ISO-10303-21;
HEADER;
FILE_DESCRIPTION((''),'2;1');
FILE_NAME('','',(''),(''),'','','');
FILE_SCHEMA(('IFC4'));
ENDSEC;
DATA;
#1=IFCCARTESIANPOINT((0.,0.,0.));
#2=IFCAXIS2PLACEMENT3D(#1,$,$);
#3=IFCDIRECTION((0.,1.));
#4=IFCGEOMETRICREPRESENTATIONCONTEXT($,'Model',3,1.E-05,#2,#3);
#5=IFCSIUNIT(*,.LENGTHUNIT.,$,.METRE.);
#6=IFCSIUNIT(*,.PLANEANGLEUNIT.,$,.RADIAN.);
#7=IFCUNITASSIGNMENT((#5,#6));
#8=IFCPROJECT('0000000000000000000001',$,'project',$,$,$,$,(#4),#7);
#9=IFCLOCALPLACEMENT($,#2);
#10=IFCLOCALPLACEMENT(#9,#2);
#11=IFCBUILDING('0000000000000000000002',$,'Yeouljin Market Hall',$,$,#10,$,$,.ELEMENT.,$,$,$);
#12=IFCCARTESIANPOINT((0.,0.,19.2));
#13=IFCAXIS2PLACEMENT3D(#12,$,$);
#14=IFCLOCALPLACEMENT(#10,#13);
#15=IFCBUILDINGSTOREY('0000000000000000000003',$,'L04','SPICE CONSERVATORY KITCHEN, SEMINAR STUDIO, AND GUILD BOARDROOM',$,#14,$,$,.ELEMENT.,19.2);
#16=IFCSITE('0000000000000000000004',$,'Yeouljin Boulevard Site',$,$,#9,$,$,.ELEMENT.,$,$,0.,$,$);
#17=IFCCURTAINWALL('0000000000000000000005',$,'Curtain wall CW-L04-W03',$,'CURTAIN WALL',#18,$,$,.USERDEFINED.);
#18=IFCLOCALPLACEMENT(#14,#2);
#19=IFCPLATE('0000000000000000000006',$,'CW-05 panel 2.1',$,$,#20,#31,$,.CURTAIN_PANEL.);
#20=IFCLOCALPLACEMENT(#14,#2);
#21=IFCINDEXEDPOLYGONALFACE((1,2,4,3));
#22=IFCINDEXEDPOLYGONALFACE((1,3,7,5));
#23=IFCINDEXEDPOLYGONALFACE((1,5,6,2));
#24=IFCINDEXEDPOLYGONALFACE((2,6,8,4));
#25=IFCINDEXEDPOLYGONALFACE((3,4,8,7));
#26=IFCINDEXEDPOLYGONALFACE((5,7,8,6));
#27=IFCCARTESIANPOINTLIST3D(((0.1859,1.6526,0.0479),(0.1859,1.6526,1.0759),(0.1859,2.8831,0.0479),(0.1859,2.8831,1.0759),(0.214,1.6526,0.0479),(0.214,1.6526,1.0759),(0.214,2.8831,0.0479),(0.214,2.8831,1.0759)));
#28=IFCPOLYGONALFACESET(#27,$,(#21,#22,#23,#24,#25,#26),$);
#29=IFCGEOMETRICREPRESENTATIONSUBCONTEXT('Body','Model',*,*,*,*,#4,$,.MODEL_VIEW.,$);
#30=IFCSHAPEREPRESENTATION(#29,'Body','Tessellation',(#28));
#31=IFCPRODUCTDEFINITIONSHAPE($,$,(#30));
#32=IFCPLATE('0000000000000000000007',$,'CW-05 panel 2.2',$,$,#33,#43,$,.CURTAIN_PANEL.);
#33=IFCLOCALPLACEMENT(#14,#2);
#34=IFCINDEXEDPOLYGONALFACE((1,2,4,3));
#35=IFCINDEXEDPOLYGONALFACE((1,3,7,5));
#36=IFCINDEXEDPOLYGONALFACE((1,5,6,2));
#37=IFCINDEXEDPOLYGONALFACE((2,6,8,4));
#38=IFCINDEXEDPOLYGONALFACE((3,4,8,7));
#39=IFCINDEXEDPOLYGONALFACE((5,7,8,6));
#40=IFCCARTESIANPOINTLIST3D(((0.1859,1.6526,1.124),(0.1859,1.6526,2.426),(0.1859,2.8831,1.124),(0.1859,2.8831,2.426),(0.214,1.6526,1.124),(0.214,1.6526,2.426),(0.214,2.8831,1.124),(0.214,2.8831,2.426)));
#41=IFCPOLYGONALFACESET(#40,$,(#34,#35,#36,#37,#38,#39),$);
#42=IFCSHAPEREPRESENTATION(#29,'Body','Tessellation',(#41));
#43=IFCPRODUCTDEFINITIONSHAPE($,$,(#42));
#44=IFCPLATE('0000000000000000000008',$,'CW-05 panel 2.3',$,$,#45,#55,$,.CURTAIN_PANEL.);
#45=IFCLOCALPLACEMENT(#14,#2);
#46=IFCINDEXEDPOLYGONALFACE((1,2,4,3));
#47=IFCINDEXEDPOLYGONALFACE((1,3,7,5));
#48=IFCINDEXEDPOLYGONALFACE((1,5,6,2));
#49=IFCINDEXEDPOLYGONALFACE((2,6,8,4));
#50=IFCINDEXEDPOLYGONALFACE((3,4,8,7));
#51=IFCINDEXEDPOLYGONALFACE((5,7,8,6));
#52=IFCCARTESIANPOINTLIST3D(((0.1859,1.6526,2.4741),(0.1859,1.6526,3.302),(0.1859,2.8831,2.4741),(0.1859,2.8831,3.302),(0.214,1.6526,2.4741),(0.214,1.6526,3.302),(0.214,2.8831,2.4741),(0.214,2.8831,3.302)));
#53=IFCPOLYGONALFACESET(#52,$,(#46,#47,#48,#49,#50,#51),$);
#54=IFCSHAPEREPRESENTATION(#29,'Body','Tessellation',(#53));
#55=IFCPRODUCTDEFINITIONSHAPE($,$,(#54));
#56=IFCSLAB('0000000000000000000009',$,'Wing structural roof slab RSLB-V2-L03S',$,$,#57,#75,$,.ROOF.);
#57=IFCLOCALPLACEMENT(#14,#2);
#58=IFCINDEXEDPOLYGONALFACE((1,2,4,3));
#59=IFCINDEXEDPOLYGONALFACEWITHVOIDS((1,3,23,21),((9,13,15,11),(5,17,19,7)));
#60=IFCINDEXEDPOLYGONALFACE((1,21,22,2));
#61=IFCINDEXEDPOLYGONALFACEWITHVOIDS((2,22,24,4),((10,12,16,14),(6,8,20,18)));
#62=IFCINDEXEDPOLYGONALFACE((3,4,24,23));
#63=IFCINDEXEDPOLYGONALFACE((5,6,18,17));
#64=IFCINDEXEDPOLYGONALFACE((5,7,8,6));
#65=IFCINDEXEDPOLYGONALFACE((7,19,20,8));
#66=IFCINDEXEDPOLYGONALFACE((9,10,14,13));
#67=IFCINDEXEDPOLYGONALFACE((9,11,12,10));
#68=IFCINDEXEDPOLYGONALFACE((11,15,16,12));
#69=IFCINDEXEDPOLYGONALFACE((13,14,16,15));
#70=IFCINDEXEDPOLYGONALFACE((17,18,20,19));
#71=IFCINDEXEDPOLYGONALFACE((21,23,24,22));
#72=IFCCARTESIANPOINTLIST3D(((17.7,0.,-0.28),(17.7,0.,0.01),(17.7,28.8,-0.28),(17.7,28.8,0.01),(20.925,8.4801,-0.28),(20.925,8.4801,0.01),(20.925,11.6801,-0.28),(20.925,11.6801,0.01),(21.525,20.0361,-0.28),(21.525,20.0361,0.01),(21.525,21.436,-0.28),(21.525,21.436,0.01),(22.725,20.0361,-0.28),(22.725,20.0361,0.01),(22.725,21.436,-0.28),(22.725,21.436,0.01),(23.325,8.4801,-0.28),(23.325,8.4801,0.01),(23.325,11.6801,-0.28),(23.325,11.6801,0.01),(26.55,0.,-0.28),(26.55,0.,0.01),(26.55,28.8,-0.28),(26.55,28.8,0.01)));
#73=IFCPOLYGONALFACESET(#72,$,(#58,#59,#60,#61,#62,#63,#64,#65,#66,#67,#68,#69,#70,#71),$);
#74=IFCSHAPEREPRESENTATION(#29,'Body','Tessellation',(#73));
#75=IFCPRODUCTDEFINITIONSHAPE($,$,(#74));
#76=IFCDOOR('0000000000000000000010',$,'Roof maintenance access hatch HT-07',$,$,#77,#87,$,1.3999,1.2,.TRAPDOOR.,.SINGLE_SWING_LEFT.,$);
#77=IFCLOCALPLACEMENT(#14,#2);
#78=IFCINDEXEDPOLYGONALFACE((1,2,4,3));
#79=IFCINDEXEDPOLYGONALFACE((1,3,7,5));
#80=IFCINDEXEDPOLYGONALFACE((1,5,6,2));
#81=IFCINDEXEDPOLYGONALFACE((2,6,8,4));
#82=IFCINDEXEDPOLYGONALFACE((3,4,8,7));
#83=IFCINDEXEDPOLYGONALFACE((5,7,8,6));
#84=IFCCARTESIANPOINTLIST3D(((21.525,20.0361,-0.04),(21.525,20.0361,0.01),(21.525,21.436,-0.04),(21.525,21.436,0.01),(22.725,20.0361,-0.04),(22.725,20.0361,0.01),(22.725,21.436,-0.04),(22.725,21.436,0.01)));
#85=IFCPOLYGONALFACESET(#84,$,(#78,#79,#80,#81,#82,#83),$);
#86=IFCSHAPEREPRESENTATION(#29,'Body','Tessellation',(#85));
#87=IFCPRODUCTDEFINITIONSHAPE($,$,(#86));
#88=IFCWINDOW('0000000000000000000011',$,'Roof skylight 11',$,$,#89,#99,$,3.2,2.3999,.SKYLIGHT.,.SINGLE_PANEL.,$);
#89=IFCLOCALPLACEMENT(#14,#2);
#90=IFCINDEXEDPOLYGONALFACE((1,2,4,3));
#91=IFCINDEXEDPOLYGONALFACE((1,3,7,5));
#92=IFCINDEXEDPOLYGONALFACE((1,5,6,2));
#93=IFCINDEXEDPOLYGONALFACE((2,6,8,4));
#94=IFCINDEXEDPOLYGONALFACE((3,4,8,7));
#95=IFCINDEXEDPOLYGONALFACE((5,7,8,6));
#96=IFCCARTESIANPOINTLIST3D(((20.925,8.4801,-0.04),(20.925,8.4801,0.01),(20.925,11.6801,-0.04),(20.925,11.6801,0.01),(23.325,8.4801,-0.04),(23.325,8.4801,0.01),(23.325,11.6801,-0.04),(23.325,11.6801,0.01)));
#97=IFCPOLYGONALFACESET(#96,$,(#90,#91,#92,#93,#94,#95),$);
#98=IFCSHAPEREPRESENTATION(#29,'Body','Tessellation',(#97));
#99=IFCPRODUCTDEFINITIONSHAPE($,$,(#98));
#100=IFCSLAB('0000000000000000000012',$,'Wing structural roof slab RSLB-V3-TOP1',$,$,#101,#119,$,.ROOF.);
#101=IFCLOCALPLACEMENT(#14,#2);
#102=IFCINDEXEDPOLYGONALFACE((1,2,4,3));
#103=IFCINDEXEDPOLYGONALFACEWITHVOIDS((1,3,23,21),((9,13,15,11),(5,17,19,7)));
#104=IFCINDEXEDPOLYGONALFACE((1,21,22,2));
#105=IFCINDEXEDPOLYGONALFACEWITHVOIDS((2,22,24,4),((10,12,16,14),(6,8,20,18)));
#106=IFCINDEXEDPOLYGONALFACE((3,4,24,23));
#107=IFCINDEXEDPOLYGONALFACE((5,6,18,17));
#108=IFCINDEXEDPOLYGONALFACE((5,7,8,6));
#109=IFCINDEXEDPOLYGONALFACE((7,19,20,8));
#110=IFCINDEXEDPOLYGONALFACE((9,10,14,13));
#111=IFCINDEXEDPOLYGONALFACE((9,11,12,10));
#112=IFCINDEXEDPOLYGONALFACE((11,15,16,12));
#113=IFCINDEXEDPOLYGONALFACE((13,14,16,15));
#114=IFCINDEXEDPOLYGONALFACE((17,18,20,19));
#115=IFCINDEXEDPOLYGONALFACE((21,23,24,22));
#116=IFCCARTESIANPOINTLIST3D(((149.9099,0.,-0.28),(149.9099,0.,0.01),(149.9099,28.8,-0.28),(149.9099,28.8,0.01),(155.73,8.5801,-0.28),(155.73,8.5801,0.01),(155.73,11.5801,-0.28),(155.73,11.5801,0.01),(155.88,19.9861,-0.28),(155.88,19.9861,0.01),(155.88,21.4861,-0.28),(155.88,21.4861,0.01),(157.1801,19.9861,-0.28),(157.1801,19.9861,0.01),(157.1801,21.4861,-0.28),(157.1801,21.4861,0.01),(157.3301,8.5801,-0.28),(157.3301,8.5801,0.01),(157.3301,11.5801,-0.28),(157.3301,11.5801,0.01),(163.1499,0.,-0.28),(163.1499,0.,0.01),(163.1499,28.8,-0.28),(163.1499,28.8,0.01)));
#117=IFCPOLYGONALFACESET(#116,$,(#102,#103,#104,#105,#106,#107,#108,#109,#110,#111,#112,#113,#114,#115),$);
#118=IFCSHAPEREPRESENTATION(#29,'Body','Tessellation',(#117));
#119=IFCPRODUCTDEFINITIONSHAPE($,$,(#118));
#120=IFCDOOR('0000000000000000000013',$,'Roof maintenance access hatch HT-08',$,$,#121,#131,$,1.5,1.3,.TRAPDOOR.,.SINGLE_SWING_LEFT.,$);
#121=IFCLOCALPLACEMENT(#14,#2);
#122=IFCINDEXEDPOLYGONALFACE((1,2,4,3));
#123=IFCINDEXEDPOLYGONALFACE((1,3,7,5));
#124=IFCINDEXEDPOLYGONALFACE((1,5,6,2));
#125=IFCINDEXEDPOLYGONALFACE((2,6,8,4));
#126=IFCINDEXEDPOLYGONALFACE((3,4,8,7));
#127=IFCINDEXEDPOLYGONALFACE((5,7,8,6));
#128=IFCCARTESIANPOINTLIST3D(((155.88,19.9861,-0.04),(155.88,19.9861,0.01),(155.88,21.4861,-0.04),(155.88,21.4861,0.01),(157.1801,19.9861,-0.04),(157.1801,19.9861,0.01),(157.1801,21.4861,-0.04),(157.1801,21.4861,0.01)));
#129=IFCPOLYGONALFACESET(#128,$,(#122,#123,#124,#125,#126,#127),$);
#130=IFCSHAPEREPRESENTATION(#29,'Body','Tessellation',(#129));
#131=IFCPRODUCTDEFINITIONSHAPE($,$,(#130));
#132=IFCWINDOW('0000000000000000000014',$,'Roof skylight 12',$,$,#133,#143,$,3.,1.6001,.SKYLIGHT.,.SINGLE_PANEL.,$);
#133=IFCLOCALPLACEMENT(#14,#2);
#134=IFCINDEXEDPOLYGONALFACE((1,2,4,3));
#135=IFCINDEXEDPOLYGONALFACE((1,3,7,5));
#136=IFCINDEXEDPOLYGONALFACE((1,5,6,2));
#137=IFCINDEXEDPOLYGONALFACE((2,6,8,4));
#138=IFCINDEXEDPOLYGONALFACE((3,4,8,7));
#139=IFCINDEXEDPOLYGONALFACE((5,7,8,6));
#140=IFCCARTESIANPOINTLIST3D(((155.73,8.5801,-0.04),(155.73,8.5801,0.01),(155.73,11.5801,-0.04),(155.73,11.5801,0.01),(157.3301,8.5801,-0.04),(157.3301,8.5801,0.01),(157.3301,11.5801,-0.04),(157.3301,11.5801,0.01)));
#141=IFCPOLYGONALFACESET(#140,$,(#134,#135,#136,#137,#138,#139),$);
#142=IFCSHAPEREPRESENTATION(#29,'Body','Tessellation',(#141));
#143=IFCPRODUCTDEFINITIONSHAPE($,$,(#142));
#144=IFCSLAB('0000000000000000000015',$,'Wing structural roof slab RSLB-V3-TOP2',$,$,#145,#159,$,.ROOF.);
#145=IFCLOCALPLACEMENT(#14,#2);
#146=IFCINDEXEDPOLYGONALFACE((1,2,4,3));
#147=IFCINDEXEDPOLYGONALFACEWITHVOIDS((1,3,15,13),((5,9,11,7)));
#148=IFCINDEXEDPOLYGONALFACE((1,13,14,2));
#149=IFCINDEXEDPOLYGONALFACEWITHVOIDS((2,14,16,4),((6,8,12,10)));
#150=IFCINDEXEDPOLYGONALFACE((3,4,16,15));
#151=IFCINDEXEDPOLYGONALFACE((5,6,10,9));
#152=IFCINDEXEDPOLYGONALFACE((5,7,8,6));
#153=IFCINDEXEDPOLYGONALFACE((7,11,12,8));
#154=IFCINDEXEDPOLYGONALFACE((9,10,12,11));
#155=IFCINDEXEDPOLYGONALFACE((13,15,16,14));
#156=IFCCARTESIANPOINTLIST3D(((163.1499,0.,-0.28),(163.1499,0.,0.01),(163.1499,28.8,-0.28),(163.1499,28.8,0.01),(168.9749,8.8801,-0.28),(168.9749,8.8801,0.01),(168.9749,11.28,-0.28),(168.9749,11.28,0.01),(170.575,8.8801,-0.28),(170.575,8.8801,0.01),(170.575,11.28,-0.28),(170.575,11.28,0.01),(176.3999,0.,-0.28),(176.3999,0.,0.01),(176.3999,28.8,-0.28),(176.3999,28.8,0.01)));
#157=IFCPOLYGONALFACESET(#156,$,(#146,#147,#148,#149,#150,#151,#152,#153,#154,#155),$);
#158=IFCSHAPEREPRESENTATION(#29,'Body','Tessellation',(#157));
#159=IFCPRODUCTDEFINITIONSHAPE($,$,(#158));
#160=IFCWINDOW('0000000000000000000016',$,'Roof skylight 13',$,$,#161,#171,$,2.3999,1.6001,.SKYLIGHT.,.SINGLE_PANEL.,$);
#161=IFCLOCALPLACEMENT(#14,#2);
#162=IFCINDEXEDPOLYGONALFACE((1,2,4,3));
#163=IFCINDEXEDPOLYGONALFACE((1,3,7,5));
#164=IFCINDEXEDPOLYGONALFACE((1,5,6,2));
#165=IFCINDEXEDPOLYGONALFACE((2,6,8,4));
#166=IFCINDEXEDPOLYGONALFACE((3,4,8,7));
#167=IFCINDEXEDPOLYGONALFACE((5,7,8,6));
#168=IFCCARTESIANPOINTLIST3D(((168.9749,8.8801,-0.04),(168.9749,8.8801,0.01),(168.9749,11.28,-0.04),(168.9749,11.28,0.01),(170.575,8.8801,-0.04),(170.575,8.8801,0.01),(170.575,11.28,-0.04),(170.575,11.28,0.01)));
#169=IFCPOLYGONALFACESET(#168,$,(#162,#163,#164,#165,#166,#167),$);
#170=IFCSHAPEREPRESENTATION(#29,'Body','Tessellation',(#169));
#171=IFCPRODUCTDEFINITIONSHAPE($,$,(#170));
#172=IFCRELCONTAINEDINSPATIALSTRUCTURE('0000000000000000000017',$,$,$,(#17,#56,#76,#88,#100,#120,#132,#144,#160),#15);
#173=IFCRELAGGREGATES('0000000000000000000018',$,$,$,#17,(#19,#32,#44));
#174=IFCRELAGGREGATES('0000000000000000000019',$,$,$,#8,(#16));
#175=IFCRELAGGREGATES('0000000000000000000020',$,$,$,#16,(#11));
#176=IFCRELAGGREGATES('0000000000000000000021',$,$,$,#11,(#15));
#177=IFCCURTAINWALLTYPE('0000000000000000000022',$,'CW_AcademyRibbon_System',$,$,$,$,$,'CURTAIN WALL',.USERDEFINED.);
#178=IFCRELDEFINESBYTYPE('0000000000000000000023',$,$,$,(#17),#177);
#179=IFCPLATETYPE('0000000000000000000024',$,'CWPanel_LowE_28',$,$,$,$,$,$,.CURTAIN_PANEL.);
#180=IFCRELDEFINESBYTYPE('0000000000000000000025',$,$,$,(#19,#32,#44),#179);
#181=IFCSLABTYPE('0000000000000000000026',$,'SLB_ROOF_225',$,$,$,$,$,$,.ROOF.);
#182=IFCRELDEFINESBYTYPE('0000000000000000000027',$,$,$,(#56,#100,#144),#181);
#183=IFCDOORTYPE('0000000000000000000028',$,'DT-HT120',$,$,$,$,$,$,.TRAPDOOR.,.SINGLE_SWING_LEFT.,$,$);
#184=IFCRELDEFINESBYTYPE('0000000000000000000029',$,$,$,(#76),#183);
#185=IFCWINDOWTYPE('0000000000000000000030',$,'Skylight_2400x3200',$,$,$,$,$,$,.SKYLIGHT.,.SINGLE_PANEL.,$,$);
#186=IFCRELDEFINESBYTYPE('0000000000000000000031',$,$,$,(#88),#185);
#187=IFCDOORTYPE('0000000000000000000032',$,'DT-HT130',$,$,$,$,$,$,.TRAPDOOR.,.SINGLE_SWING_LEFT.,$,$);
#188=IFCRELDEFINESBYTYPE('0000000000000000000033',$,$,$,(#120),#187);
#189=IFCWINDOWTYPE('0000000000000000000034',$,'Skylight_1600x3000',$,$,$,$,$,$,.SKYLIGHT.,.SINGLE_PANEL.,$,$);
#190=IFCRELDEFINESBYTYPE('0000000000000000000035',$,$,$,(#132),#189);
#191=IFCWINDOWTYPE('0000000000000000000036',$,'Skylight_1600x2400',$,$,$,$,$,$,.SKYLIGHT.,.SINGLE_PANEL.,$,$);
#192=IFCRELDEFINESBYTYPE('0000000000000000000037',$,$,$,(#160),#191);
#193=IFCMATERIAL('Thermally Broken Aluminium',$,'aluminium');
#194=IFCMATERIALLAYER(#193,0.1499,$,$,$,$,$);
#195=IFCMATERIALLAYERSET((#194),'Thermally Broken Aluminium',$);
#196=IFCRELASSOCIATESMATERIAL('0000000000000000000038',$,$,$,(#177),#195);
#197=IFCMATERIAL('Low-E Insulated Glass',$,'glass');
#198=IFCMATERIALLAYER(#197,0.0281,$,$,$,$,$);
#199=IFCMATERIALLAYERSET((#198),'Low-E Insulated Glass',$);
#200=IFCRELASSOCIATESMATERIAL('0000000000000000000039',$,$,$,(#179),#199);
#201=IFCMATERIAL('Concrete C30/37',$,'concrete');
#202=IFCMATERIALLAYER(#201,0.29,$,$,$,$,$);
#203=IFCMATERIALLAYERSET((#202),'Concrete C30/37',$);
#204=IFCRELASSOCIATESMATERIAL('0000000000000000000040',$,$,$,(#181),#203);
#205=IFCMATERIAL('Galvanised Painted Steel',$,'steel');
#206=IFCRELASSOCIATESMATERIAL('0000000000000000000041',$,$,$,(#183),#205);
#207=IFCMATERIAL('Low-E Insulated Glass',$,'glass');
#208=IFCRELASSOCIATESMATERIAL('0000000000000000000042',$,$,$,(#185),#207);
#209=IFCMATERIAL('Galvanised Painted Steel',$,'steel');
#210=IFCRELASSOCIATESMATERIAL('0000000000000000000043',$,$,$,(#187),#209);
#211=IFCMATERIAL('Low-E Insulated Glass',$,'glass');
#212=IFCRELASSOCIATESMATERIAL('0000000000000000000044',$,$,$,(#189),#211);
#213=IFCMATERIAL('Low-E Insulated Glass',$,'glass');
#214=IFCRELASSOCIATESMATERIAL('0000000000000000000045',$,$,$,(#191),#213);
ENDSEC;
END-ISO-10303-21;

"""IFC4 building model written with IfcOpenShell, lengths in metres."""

from ifc_helpers import new_model, si_unit, direction, frame, origin, origin_2d, place, context, subcontext, project, spatial, polyline, rectangle, outline, extrude, material, layer, layer_set, type_object, element, fill, aggregate, save


model = new_model("IFC4")

# Units and contexts
model_context = context("Model", 3, precision=1e-05, world=origin(), true_north=direction((0.0, 1.0)))
body_context = subcontext(model_context, "Body", "Model", "MODEL_VIEW")
ifc_project = project(units=[si_unit("LENGTHUNIT", "METRE"), si_unit("PLANEANGLEUNIT", "RADIAN")], contexts=[model_context])

# Site, building, storey
site_placement = place(None, origin())
site = spatial("IfcSite", under=ifc_project, at=site_placement, Name="Yeouljin Boulevard Site", CompositionType="ELEMENT", RefElevation=0.0)
building_placement = place(site_placement, origin())
building = spatial("IfcBuilding", under=site, at=building_placement, Name="Yeouljin Market Hall", CompositionType="ELEMENT")
storey_placement = place(building_placement, frame((0.0, 0.0, 19.2)))
storey = spatial("IfcBuildingStorey", under=building, at=storey_placement, Name="L04", Description="SPICE CONSERVATORY KITCHEN, SEMINAR STUDIO, AND GUILD BOARDROOM", CompositionType="ELEMENT", Elevation=19.2)

# Curtain wall
ifc_material_1 = material(Name="Thermally Broken Aluminium", Category="aluminium")
ifc_layer_1 = layer(ifc_material_1, 0.1499)
ifc_layer_set_1 = layer_set([ifc_layer_1], Name="Thermally Broken Aluminium")
curtain_wall_type = type_object("IfcCurtainWallType", Name="CW_AcademyRibbon_System", ElementType="CURTAIN WALL", PredefinedType="USERDEFINED", material=ifc_layer_set_1)
curtain_wall_placement = place(storey_placement, origin())
curtain_wall = element("IfcCurtainWall", 1, at=curtain_wall_placement, inside=storey, type_object=curtain_wall_type, Name="Curtain wall CW-L04-W03", ObjectType="CURTAIN WALL", PredefinedType="USERDEFINED")

# Plates
ifc_material_2 = material(Name="Low-E Insulated Glass", Category="glass")
ifc_layer_2 = layer(ifc_material_2, 0.0281)
ifc_layer_set_2 = layer_set([ifc_layer_2], Name="Low-E Insulated Glass")
plate_type = type_object("IfcPlateType", Name="CWPanel_LowE_28", PredefinedType="CURTAIN_PANEL", material=ifc_layer_set_2)
plate_1_placement = place(storey_placement, frame((0.2, 2.2678, 0.0479), z_axis=(0.0, 0.0, 1.0), x_axis=(0.0, 1.0, 0.0)))
plate_1 = element("IfcPlate", 2, at=plate_1_placement, type_object=plate_type, Name="CW-05 panel 2.1", PredefinedType="CURTAIN_PANEL", context=body_context, shape_type="SweptSolid", body=[
    extrude(rectangle(XDim=1.2305, YDim=0.0281, at=origin_2d()), origin(), (0.0, 0.0, 1.0), 1.0281),
])
plate_2_placement = place(storey_placement, frame((0.2, 2.2678, 1.124), z_axis=(0.0, 0.0, 1.0), x_axis=(0.0, 1.0, 0.0)))
plate_2 = element("IfcPlate", 3, at=plate_2_placement, type_object=plate_type, Name="CW-05 panel 2.2", PredefinedType="CURTAIN_PANEL", context=body_context, shape_type="SweptSolid", body=[
    extrude(rectangle(XDim=1.2305, YDim=0.0281, at=origin_2d()), origin(), (0.0, 0.0, 1.0), 1.302),
])
plate_3_placement = place(storey_placement, frame((0.2, 2.2678, 2.4741), z_axis=(0.0, 0.0, 1.0), x_axis=(0.0, 1.0, 0.0)))
plate_3 = element("IfcPlate", 4, at=plate_3_placement, type_object=plate_type, Name="CW-05 panel 2.3", PredefinedType="CURTAIN_PANEL", context=body_context, shape_type="SweptSolid", body=[
    extrude(rectangle(XDim=1.2305, YDim=0.0281, at=origin_2d()), origin(), (0.0, 0.0, 1.0), 0.8279),
])
aggregate(curtain_wall, [plate_1, plate_2, plate_3])

# Slabs, openings, doors, windows
ifc_material_3 = material(Name="Concrete C30/37", Category="concrete")
ifc_layer_3 = layer(ifc_material_3, 0.29)
ifc_layer_set_3 = layer_set([ifc_layer_3], Name="Concrete C30/37")
slab_type_1 = type_object("IfcSlabType", Name="SLB_ROOF_225", PredefinedType="ROOF", material=ifc_layer_set_3)
slab_1_placement = place(storey_placement, frame((0.0, 0.0, -0.28)))
slab_1 = element("IfcSlab", 5, at=slab_1_placement, inside=storey, type_object=slab_type_1, Name="Wing structural roof slab RSLB-V2-L03S", PredefinedType="ROOF", context=body_context, shape_type="SweptSolid", body=[
    extrude(outline(polyline([(17.7, 0.0), (26.55, 0.0), (26.55, 28.8), (17.7, 28.8), (17.7, 0.0)])), origin(), (0.0, 0.0, 1.0), 0.29),
])
opening_1_placement = place(slab_1_placement, frame((22.125, 10.0801, 0.0)))
opening_1 = element("IfcOpeningElement", 6, at=opening_1_placement, cuts=slab_1, PredefinedType="OPENING", context=body_context, shape_type="SweptSolid", body=[
    extrude(rectangle(XDim=2.3999, YDim=3.2, at=origin_2d()), origin(), (0.0, 0.0, 1.0), 0.29),
])
opening_2_placement = place(slab_1_placement, frame((22.125, 20.7361, 0.0)))
opening_2 = element("IfcOpeningElement", 7, at=opening_2_placement, cuts=slab_1, PredefinedType="OPENING", context=body_context, shape_type="SweptSolid", body=[
    extrude(rectangle(XDim=1.2, YDim=1.3999, at=origin_2d()), origin(), (0.0, 0.0, 1.0), 0.29),
])
ifc_material_4 = material(Name="Galvanised Painted Steel", Category="steel")
door_type_1 = type_object("IfcDoorType", Name="DT-HT120", OperationType="SINGLE_SWING_LEFT", PredefinedType="TRAPDOOR", material=ifc_material_4)
door_1_placement = place(opening_2_placement, frame((0.0, 0.0, 0.24)))
door_1 = element("IfcDoor", 8, at=door_1_placement, inside=storey, type_object=door_type_1, Name="Roof maintenance access hatch HT-07", OperationType="SINGLE_SWING_LEFT", OverallHeight=1.3999, OverallWidth=1.2, PredefinedType="TRAPDOOR", context=body_context, shape_type="SweptSolid", body=[
    extrude(rectangle(XDim=1.2, YDim=1.3999, at=origin_2d()), origin(), (0.0, 0.0, 1.0), 0.05),
])
fill(opening_2, door_1)
ifc_material_5 = material(Name="Low-E Insulated Glass", Category="glass")
window_type_1 = type_object("IfcWindowType", Name="Skylight_2400x3200", PartitioningType="SINGLE_PANEL", PredefinedType="SKYLIGHT", material=ifc_material_5)
window_1_placement = place(opening_1_placement, frame((0.0, 0.0, 0.24)))
window_1 = element("IfcWindow", 9, at=window_1_placement, inside=storey, type_object=window_type_1, Name="Roof skylight 11", OverallHeight=3.2, OverallWidth=2.3999, PartitioningType="SINGLE_PANEL", PredefinedType="SKYLIGHT", context=body_context, shape_type="SweptSolid", body=[
    extrude(rectangle(XDim=2.3999, YDim=3.2, at=origin_2d()), origin(), (0.0, 0.0, 1.0), 0.05),
])
fill(opening_1, window_1)
slab_2_placement = place(storey_placement, frame((0.0, 0.0, -0.28)))
slab_2 = element("IfcSlab", 10, at=slab_2_placement, inside=storey, type_object=slab_type_1, Name="Wing structural roof slab RSLB-V3-TOP1", PredefinedType="ROOF", context=body_context, shape_type="SweptSolid", body=[
    extrude(outline(polyline([(149.9099, 0.0), (163.1499, 0.0), (163.1499, 28.8), (149.9099, 28.8), (149.9099, 0.0)])), origin(), (0.0, 0.0, 1.0), 0.29),
])
opening_3_placement = place(slab_2_placement, frame((156.53, 10.0801, 0.0)))
opening_3 = element("IfcOpeningElement", 11, at=opening_3_placement, cuts=slab_2, PredefinedType="OPENING", context=body_context, shape_type="SweptSolid", body=[
    extrude(rectangle(XDim=1.6001, YDim=3.0, at=origin_2d()), origin(), (0.0, 0.0, 1.0), 0.29),
])
opening_4_placement = place(slab_2_placement, frame((156.53, 20.7361, 0.0)))
opening_4 = element("IfcOpeningElement", 12, at=opening_4_placement, cuts=slab_2, PredefinedType="OPENING", context=body_context, shape_type="SweptSolid", body=[
    extrude(rectangle(XDim=1.3, YDim=1.5, at=origin_2d()), origin(), (0.0, 0.0, 1.0), 0.29),
])
ifc_material_6 = material(Name="Galvanised Painted Steel", Category="steel")
door_type_2 = type_object("IfcDoorType", Name="DT-HT130", OperationType="SINGLE_SWING_LEFT", PredefinedType="TRAPDOOR", material=ifc_material_6)
door_2_placement = place(opening_4_placement, frame((0.0, 0.0, 0.24)))
door_2 = element("IfcDoor", 13, at=door_2_placement, inside=storey, type_object=door_type_2, Name="Roof maintenance access hatch HT-08", OperationType="SINGLE_SWING_LEFT", OverallHeight=1.5, OverallWidth=1.3, PredefinedType="TRAPDOOR", context=body_context, shape_type="SweptSolid", body=[
    extrude(rectangle(XDim=1.3, YDim=1.5, at=origin_2d()), origin(), (0.0, 0.0, 1.0), 0.05),
])
fill(opening_4, door_2)
ifc_material_7 = material(Name="Low-E Insulated Glass", Category="glass")
window_type_2 = type_object("IfcWindowType", Name="Skylight_1600x3000", PartitioningType="SINGLE_PANEL", PredefinedType="SKYLIGHT", material=ifc_material_7)
window_2_placement = place(opening_3_placement, frame((0.0, 0.0, 0.24)))
window_2 = element("IfcWindow", 14, at=window_2_placement, inside=storey, type_object=window_type_2, Name="Roof skylight 12", OverallHeight=3.0, OverallWidth=1.6001, PartitioningType="SINGLE_PANEL", PredefinedType="SKYLIGHT", context=body_context, shape_type="SweptSolid", body=[
    extrude(rectangle(XDim=1.6001, YDim=3.0, at=origin_2d()), origin(), (0.0, 0.0, 1.0), 0.05),
])
fill(opening_3, window_2)

# Slab, opening, window
slab_3_placement = place(storey_placement, frame((0.0, 0.0, -0.28)))
slab_3 = element("IfcSlab", 15, at=slab_3_placement, inside=storey, type_object=slab_type_1, Name="Wing structural roof slab RSLB-V3-TOP2", PredefinedType="ROOF", context=body_context, shape_type="SweptSolid", body=[
    extrude(outline(polyline([(163.1499, 0.0), (176.3999, 0.0), (176.3999, 28.8), (163.1499, 28.8), (163.1499, 0.0)])), origin(), (0.0, 0.0, 1.0), 0.29),
])
opening_5_placement = place(slab_3_placement, frame((169.7749, 10.0801, 0.0)))
opening_5 = element("IfcOpeningElement", 16, at=opening_5_placement, cuts=slab_3, PredefinedType="OPENING", context=body_context, shape_type="SweptSolid", body=[
    extrude(rectangle(XDim=1.6001, YDim=2.3999, at=origin_2d()), origin(), (0.0, 0.0, 1.0), 0.29),
])
ifc_material_8 = material(Name="Low-E Insulated Glass", Category="glass")
window_type_3 = type_object("IfcWindowType", Name="Skylight_1600x2400", PartitioningType="SINGLE_PANEL", PredefinedType="SKYLIGHT", material=ifc_material_8)
window_3_placement = place(opening_5_placement, frame((0.0, 0.0, 0.24)))
window_3 = element("IfcWindow", 17, at=window_3_placement, inside=storey, type_object=window_type_3, Name="Roof skylight 13", OverallHeight=2.3999, OverallWidth=1.6001, PartitioningType="SINGLE_PANEL", PredefinedType="SKYLIGHT", context=body_context, shape_type="SweptSolid", body=[
    extrude(rectangle(XDim=1.6001, YDim=2.3999, at=origin_2d()), origin(), (0.0, 0.0, 1.0), 0.05),
])
fill(opening_5, window_3)

save(model, "model.ifc")
